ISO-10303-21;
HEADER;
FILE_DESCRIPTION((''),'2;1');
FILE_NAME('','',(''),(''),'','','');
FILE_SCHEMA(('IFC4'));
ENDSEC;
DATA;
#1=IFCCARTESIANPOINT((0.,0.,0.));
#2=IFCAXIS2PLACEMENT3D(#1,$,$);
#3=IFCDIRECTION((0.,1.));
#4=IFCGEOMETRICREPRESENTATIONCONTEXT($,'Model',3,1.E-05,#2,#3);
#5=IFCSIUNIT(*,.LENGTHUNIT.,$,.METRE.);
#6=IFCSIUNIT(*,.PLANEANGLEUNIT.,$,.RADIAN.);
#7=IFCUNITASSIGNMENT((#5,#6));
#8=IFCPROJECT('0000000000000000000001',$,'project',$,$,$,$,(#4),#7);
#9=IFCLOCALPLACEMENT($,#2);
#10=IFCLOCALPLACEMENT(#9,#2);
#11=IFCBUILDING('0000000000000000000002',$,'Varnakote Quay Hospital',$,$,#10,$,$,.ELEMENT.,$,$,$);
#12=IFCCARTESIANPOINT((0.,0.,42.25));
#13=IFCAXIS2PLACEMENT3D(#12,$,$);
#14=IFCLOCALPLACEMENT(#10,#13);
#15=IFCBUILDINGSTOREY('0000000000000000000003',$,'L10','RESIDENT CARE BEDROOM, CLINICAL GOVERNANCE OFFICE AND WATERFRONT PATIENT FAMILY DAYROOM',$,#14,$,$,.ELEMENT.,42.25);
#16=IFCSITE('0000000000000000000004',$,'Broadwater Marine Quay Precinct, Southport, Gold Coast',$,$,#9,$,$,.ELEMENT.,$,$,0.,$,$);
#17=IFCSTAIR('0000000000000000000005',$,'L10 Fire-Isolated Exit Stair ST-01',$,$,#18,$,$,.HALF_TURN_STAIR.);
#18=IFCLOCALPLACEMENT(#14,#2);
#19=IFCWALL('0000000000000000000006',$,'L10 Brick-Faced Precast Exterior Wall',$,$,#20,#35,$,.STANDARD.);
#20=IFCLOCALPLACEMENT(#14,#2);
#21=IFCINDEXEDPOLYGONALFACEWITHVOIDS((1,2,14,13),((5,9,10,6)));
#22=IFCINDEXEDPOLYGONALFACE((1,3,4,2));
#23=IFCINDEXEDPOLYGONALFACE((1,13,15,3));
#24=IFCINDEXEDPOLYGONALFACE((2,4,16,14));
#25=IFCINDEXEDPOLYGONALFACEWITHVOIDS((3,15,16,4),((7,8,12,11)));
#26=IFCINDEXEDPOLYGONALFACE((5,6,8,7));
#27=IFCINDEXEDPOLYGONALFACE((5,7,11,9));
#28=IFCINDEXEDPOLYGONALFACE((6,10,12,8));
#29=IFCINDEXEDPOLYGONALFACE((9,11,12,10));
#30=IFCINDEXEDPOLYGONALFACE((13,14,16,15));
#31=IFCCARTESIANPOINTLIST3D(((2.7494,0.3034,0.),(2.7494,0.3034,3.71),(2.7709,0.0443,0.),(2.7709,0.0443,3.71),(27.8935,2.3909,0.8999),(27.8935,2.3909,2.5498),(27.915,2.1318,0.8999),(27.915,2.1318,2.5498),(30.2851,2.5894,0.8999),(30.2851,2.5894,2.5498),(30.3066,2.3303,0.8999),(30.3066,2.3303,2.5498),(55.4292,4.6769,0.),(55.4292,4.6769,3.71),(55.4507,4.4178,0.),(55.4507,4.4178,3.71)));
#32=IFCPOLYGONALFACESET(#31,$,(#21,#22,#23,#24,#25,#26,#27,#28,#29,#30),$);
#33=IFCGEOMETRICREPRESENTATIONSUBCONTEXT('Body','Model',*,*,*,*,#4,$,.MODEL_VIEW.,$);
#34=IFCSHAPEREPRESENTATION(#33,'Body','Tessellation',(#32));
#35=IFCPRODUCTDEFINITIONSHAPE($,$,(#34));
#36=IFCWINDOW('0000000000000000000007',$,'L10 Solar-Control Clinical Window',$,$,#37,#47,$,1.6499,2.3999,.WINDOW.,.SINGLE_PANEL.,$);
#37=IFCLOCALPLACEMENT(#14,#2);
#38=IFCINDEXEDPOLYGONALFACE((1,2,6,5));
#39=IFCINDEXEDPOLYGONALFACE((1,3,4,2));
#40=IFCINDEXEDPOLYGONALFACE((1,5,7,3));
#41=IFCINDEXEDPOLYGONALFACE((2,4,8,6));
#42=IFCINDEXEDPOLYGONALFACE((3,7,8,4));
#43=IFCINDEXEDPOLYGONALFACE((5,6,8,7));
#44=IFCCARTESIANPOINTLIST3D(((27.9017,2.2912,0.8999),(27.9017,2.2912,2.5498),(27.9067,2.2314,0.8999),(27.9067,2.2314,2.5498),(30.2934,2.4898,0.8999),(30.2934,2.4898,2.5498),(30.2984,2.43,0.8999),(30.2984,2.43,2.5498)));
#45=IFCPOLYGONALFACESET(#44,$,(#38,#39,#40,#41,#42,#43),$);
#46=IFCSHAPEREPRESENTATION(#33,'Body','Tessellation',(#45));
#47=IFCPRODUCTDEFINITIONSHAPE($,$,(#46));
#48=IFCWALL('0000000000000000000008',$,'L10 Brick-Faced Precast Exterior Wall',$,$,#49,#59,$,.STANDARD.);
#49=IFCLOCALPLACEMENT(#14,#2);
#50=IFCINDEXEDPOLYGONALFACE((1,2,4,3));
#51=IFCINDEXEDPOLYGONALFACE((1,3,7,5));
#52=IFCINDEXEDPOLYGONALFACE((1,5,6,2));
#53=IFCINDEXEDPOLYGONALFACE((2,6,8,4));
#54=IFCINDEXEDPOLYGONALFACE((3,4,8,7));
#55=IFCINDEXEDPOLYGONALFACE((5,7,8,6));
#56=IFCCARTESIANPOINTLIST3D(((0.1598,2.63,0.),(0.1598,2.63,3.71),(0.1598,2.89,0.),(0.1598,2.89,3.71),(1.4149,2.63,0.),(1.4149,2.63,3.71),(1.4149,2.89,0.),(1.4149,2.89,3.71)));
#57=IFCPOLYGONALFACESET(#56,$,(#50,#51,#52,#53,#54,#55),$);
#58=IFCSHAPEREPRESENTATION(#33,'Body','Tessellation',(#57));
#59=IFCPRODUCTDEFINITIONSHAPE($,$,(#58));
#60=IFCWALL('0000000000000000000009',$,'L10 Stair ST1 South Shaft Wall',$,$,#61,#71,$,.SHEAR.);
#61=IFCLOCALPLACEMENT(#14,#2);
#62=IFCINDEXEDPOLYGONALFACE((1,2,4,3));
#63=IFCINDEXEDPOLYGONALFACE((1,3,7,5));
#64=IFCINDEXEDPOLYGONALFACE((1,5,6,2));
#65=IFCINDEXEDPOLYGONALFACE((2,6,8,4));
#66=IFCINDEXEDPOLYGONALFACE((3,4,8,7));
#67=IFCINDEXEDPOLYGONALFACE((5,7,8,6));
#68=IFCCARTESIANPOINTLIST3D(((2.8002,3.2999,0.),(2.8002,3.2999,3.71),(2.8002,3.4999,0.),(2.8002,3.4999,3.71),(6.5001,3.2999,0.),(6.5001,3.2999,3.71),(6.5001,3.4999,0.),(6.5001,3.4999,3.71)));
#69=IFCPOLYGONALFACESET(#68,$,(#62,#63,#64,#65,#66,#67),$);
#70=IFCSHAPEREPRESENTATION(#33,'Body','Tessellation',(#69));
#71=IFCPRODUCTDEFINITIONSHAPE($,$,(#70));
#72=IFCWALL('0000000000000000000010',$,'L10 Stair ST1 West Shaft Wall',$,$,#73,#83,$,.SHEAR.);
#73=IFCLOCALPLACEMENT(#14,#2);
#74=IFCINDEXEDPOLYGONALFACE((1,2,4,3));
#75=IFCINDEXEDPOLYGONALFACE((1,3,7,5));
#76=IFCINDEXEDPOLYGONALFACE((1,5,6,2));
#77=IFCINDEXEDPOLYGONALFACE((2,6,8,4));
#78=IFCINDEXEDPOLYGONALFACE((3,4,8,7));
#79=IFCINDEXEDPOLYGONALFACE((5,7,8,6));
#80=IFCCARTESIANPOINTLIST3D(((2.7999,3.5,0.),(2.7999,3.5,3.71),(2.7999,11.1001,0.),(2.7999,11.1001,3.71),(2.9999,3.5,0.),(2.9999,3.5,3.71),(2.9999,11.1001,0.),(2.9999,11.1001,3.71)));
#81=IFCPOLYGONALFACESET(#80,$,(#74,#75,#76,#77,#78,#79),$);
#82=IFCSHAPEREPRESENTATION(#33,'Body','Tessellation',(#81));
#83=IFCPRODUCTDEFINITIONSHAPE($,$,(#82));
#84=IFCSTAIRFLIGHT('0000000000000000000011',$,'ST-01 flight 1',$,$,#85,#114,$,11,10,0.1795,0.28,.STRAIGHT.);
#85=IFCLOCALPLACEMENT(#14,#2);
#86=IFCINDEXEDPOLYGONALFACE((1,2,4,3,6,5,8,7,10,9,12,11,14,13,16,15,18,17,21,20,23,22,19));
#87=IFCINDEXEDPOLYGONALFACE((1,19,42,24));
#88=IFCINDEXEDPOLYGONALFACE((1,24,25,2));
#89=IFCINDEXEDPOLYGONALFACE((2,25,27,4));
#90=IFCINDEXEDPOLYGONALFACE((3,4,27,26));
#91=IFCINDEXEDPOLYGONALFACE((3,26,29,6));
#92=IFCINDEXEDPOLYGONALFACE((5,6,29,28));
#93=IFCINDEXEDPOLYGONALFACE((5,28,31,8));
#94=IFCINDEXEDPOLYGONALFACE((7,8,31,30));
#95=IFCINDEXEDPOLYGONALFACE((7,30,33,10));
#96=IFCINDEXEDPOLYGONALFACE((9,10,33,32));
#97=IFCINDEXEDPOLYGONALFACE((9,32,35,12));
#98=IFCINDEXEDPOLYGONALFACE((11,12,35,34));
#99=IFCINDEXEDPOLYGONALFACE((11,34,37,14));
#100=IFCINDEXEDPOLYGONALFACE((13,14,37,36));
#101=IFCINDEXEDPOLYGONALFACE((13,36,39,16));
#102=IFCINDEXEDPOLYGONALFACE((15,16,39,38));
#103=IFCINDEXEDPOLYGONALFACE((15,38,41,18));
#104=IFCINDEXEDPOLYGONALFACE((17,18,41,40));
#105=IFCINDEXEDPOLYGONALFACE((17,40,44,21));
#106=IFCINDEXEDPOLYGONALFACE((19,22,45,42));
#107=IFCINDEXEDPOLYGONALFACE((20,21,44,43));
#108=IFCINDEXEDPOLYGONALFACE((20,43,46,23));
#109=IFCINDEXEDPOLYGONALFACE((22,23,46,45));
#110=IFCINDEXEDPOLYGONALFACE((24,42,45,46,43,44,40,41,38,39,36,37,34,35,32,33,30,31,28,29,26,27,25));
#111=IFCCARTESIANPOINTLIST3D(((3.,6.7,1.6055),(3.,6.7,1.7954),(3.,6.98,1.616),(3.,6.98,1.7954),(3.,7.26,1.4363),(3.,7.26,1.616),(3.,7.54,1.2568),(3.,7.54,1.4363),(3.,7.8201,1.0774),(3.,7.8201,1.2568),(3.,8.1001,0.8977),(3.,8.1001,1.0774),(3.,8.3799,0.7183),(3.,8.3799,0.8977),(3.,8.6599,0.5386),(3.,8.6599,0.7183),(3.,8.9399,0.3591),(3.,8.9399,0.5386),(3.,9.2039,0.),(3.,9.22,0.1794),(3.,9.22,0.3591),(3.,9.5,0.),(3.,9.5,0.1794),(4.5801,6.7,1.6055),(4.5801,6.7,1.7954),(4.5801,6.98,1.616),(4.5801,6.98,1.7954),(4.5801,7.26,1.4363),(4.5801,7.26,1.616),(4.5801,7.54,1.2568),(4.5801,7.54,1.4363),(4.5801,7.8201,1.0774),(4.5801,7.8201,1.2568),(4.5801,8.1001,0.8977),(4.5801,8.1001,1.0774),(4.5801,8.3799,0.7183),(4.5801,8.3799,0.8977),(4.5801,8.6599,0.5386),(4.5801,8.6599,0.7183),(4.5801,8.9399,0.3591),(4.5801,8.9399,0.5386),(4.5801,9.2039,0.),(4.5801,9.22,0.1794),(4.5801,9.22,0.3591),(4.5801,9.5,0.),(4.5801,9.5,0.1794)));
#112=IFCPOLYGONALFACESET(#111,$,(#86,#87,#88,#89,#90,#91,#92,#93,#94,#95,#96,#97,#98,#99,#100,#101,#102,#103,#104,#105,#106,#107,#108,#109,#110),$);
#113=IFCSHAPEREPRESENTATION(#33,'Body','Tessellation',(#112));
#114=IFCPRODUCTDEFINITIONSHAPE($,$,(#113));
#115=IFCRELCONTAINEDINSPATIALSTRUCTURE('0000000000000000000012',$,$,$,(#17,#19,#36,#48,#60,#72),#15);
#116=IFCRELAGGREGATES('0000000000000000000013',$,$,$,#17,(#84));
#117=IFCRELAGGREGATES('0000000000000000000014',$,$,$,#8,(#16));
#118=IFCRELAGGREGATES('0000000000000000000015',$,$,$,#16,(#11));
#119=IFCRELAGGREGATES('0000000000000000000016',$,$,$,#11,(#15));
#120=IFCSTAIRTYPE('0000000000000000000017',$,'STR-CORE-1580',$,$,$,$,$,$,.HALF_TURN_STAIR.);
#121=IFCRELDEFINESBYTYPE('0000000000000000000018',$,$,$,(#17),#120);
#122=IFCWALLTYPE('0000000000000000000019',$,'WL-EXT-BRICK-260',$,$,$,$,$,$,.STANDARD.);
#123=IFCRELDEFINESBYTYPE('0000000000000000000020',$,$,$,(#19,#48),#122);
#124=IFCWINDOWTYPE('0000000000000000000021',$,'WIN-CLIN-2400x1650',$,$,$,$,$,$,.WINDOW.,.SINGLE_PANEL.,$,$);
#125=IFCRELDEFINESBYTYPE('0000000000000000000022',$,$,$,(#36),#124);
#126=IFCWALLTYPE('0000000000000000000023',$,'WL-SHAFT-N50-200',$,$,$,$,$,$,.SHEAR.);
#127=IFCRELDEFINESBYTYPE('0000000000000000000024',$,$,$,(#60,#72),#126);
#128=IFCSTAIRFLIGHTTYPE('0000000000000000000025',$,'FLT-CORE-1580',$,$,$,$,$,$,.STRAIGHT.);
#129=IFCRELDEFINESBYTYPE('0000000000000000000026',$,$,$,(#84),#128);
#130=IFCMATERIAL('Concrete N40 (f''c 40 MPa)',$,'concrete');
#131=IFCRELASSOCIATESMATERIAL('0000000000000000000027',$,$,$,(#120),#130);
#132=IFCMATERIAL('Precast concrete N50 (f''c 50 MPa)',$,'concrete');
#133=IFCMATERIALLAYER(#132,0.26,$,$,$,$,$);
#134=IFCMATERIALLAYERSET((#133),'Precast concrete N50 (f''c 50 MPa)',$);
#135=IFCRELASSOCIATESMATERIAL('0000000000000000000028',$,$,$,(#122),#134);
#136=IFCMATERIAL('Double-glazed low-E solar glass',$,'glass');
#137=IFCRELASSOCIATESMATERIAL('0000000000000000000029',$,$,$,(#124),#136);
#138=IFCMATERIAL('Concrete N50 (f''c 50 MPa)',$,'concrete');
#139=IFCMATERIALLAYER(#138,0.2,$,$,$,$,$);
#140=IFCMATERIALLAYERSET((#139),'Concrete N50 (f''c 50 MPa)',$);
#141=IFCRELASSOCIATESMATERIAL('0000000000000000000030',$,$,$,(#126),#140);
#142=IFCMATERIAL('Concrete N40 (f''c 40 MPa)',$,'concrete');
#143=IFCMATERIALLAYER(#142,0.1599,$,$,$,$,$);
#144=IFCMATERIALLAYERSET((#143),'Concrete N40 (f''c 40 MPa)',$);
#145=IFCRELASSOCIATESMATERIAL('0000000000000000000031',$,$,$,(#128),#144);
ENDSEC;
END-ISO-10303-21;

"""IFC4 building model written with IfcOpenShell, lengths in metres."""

from ifc_helpers import new_model, si_unit, direction, frame, frame_2d, origin, place, context, subcontext, project, spatial, polyline, rectangle, outline, extrude, material, layer, layer_set, type_object, element, fill, aggregate, save


model = new_model("IFC4")

# Units and contexts
model_context = context("Model", 3, precision=1e-05, world=origin(), true_north=direction((0.0, 1.0)))
body_context = subcontext(model_context, "Body", "Model", "MODEL_VIEW")
ifc_project = project(units=[si_unit("LENGTHUNIT", "METRE"), si_unit("PLANEANGLEUNIT", "RADIAN")], contexts=[model_context])

# Site, building, storey
site_placement = place(None, origin())
site = spatial("IfcSite", under=ifc_project, at=site_placement, Name="Broadwater Marine Quay Precinct, Southport, Gold Coast", CompositionType="ELEMENT", RefElevation=0.0)
building_placement = place(site_placement, origin())
building = spatial("IfcBuilding", under=site, at=building_placement, Name="Varnakote Quay Hospital", CompositionType="ELEMENT")
storey_placement = place(building_placement, frame((0.0, 0.0, 42.25)))
storey = spatial("IfcBuildingStorey", under=building, at=storey_placement, Name="L10", Description="RESIDENT CARE BEDROOM, CLINICAL GOVERNANCE OFFICE AND WATERFRONT PATIENT FAMILY DAYROOM", CompositionType="ELEMENT", Elevation=42.25)

# Stair
ifc_material_1 = material(Name="Concrete N40 (f'c 40 MPa)", Category="concrete")
stair_type = type_object("IfcStairType", Name="STR-CORE-1580", PredefinedType="HALF_TURN_STAIR", material=ifc_material_1)
stair_1_placement = place(storey_placement, origin())
stair_1 = element("IfcStair", 1, at=stair_1_placement, inside=storey, type_object=stair_type, Name="L10 Fire-Isolated Exit Stair ST-01", PredefinedType="HALF_TURN_STAIR")

# Shared definitions
ifc_material_2 = material(Name="Precast concrete N50 (f'c 50 MPa)", Category="concrete")
ifc_layer_1 = layer(ifc_material_2, 0.26)
ifc_layer_set_1 = layer_set([ifc_layer_1], Name="Precast concrete N50 (f'c 50 MPa)")
wall_type_1 = type_object("IfcWallType", Name="WL-EXT-BRICK-260", PredefinedType="STANDARD", material=ifc_layer_set_1)

# Wall, opening, window
wall_1_placement = place(storey_placement, frame((2.76, 0.1738, 0.0), z_axis=(0.0, 0.0, 1.0), x_axis=(0.996571, 0.082736, 0.0)))
wall_1 = element("IfcWall", 2, at=wall_1_placement, inside=storey, type_object=wall_type_1, Name="L10 Brick-Faced Precast Exterior Wall", PredefinedType="STANDARD", context=body_context, shape_type="SweptSolid", body=[
    extrude(rectangle(XDim=52.8611, YDim=0.26, at=frame_2d((26.4307, 0.0))), origin(), (0.0, 0.0, 1.0), 3.71),
])
opening_1_placement = place(wall_1_placement, frame((25.2307, 0.0, 0.8999)))
opening_1 = element("IfcOpeningElement", 3, at=opening_1_placement, cuts=wall_1, PredefinedType="OPENING", context=body_context, shape_type="SweptSolid", body=[
    extrude(rectangle(XDim=2.3999, YDim=1.6499, at=frame_2d((1.2, 0.825))), frame((0.0, 0.1399, 0.0), z_axis=(0.0, -1.0, 0.0), x_axis=(1.0, 0.0, 0.0)), (0.0, 0.0, 1.0), 0.28),
])
ifc_material_3 = material(Name="Double-glazed low-E solar glass", Category="glass")
window_type = type_object("IfcWindowType", Name="WIN-CLIN-2400x1650", PartitioningType="SINGLE_PANEL", PredefinedType="WINDOW", material=ifc_material_3)
window_placement = place(opening_1_placement, origin())
window = element("IfcWindow", 4, at=window_placement, inside=storey, type_object=window_type, Name="L10 Solar-Control Clinical Window", OverallHeight=1.6499, OverallWidth=2.3999, PartitioningType="SINGLE_PANEL", PredefinedType="WINDOW", context=body_context, shape_type="SweptSolid", body=[
    extrude(rectangle(XDim=2.3999, YDim=1.6499, at=frame_2d((1.2, 0.825))), frame((0.0, 0.03, 0.0), z_axis=(0.0, -1.0, 0.0), x_axis=(1.0, 0.0, 0.0)), (0.0, 0.0, 1.0), 0.0601),
])
fill(opening_1, window)

# Walls
wall_2_placement = place(storey_placement, frame((0.1599, 2.76, 0.0), z_axis=(0.0, 0.0, 1.0), x_axis=(1.0, 0.0, 0.0)))
element("IfcWall", 5, at=wall_2_placement, inside=storey, type_object=wall_type_1, Name="L10 Brick-Faced Precast Exterior Wall", PredefinedType="STANDARD", context=body_context, shape_type="SweptSolid", body=[
    extrude(rectangle(XDim=1.2551, YDim=0.26, at=frame_2d((0.6274, 0.0))), origin(), (0.0, 0.0, 1.0), 3.71),
])
ifc_material_4 = material(Name="Concrete N50 (f'c 50 MPa)", Category="concrete")
ifc_layer_2 = layer(ifc_material_4, 0.2)
ifc_layer_set_2 = layer_set([ifc_layer_2], Name="Concrete N50 (f'c 50 MPa)")
wall_type_2 = type_object("IfcWallType", Name="WL-SHAFT-N50-200", PredefinedType="SHEAR", material=ifc_layer_set_2)
wall_3_placement = place(storey_placement, frame((2.8, 3.3999, 0.0), z_axis=(0.0, 0.0, 1.0), x_axis=(1.0, 0.0, 0.0)))
element("IfcWall", 6, at=wall_3_placement, inside=storey, type_object=wall_type_2, Name="L10 Stair ST1 South Shaft Wall", PredefinedType="SHEAR", context=body_context, shape_type="SweptSolid", body=[
    extrude(rectangle(XDim=3.7, YDim=0.2, at=frame_2d((1.8501, 0.0))), origin(), (0.0, 0.0, 1.0), 3.71),
])
wall_4_placement = place(storey_placement, frame((2.8999, 3.5, 0.0), z_axis=(0.0, 0.0, 1.0), x_axis=(0.0, 1.0, 0.0)))
element("IfcWall", 7, at=wall_4_placement, inside=storey, type_object=wall_type_2, Name="L10 Stair ST1 West Shaft Wall", PredefinedType="SHEAR", context=body_context, shape_type="SweptSolid", body=[
    extrude(rectangle(XDim=7.6001, YDim=0.2, at=frame_2d((3.8, 0.0))), origin(), (0.0, 0.0, 1.0), 3.71),
])

# Stair flight
ifc_material_5 = material(Name="Concrete N40 (f'c 40 MPa)", Category="concrete")
ifc_layer_3 = layer(ifc_material_5, 0.1599)
ifc_layer_set_3 = layer_set([ifc_layer_3], Name="Concrete N40 (f'c 40 MPa)")
stair_flight_type = type_object("IfcStairFlightType", Name="FLT-CORE-1580", PredefinedType="STRAIGHT", material=ifc_layer_set_3)
stair_flight_placement = place(storey_placement, frame((3.79, 9.5, 0.0), z_axis=(0.0, 0.0, 1.0), x_axis=(0.0, -1.0, 0.0)))
stair_flight = element("IfcStairFlight", 8, at=stair_flight_placement, type_object=stair_flight_type, Name="ST-01 flight 1", NumberOfRisers=11, NumberOfTreads=10, PredefinedType="STRAIGHT", RiserHeight=0.1795, TreadLength=0.28, context=body_context, shape_type="SweptSolid", body=[
    extrude(outline(polyline([(0.0, 0.0), (0.0, 0.1794), (0.28, 0.1794), (0.28, 0.3591), (0.5601, 0.3591), (0.5601, 0.5386), (0.8401, 0.5386), (0.8401, 0.7183), (1.1201, 0.7183), (1.1201, 0.8977), (1.3999, 0.8977), (1.3999, 1.0774), (1.6799, 1.0774), (1.6799, 1.2568), (1.96, 1.2568), (1.96, 1.4363), (2.24, 1.4363), (2.24, 1.616), (2.52, 1.616), (2.52, 1.7954), (2.8, 1.7954), (2.8, 1.9751), (2.8, 1.6055), (0.2961, 0.0), (0.0, 0.0)])), frame((0.0, 0.79, 0.0), z_axis=(0.0, -1.0, 0.0), x_axis=(1.0, 0.0, 0.0)), (0.0, 0.0, 1.0), 1.5801),
])
aggregate(stair_1, [stair_flight])

save(model, "model.ifc")
